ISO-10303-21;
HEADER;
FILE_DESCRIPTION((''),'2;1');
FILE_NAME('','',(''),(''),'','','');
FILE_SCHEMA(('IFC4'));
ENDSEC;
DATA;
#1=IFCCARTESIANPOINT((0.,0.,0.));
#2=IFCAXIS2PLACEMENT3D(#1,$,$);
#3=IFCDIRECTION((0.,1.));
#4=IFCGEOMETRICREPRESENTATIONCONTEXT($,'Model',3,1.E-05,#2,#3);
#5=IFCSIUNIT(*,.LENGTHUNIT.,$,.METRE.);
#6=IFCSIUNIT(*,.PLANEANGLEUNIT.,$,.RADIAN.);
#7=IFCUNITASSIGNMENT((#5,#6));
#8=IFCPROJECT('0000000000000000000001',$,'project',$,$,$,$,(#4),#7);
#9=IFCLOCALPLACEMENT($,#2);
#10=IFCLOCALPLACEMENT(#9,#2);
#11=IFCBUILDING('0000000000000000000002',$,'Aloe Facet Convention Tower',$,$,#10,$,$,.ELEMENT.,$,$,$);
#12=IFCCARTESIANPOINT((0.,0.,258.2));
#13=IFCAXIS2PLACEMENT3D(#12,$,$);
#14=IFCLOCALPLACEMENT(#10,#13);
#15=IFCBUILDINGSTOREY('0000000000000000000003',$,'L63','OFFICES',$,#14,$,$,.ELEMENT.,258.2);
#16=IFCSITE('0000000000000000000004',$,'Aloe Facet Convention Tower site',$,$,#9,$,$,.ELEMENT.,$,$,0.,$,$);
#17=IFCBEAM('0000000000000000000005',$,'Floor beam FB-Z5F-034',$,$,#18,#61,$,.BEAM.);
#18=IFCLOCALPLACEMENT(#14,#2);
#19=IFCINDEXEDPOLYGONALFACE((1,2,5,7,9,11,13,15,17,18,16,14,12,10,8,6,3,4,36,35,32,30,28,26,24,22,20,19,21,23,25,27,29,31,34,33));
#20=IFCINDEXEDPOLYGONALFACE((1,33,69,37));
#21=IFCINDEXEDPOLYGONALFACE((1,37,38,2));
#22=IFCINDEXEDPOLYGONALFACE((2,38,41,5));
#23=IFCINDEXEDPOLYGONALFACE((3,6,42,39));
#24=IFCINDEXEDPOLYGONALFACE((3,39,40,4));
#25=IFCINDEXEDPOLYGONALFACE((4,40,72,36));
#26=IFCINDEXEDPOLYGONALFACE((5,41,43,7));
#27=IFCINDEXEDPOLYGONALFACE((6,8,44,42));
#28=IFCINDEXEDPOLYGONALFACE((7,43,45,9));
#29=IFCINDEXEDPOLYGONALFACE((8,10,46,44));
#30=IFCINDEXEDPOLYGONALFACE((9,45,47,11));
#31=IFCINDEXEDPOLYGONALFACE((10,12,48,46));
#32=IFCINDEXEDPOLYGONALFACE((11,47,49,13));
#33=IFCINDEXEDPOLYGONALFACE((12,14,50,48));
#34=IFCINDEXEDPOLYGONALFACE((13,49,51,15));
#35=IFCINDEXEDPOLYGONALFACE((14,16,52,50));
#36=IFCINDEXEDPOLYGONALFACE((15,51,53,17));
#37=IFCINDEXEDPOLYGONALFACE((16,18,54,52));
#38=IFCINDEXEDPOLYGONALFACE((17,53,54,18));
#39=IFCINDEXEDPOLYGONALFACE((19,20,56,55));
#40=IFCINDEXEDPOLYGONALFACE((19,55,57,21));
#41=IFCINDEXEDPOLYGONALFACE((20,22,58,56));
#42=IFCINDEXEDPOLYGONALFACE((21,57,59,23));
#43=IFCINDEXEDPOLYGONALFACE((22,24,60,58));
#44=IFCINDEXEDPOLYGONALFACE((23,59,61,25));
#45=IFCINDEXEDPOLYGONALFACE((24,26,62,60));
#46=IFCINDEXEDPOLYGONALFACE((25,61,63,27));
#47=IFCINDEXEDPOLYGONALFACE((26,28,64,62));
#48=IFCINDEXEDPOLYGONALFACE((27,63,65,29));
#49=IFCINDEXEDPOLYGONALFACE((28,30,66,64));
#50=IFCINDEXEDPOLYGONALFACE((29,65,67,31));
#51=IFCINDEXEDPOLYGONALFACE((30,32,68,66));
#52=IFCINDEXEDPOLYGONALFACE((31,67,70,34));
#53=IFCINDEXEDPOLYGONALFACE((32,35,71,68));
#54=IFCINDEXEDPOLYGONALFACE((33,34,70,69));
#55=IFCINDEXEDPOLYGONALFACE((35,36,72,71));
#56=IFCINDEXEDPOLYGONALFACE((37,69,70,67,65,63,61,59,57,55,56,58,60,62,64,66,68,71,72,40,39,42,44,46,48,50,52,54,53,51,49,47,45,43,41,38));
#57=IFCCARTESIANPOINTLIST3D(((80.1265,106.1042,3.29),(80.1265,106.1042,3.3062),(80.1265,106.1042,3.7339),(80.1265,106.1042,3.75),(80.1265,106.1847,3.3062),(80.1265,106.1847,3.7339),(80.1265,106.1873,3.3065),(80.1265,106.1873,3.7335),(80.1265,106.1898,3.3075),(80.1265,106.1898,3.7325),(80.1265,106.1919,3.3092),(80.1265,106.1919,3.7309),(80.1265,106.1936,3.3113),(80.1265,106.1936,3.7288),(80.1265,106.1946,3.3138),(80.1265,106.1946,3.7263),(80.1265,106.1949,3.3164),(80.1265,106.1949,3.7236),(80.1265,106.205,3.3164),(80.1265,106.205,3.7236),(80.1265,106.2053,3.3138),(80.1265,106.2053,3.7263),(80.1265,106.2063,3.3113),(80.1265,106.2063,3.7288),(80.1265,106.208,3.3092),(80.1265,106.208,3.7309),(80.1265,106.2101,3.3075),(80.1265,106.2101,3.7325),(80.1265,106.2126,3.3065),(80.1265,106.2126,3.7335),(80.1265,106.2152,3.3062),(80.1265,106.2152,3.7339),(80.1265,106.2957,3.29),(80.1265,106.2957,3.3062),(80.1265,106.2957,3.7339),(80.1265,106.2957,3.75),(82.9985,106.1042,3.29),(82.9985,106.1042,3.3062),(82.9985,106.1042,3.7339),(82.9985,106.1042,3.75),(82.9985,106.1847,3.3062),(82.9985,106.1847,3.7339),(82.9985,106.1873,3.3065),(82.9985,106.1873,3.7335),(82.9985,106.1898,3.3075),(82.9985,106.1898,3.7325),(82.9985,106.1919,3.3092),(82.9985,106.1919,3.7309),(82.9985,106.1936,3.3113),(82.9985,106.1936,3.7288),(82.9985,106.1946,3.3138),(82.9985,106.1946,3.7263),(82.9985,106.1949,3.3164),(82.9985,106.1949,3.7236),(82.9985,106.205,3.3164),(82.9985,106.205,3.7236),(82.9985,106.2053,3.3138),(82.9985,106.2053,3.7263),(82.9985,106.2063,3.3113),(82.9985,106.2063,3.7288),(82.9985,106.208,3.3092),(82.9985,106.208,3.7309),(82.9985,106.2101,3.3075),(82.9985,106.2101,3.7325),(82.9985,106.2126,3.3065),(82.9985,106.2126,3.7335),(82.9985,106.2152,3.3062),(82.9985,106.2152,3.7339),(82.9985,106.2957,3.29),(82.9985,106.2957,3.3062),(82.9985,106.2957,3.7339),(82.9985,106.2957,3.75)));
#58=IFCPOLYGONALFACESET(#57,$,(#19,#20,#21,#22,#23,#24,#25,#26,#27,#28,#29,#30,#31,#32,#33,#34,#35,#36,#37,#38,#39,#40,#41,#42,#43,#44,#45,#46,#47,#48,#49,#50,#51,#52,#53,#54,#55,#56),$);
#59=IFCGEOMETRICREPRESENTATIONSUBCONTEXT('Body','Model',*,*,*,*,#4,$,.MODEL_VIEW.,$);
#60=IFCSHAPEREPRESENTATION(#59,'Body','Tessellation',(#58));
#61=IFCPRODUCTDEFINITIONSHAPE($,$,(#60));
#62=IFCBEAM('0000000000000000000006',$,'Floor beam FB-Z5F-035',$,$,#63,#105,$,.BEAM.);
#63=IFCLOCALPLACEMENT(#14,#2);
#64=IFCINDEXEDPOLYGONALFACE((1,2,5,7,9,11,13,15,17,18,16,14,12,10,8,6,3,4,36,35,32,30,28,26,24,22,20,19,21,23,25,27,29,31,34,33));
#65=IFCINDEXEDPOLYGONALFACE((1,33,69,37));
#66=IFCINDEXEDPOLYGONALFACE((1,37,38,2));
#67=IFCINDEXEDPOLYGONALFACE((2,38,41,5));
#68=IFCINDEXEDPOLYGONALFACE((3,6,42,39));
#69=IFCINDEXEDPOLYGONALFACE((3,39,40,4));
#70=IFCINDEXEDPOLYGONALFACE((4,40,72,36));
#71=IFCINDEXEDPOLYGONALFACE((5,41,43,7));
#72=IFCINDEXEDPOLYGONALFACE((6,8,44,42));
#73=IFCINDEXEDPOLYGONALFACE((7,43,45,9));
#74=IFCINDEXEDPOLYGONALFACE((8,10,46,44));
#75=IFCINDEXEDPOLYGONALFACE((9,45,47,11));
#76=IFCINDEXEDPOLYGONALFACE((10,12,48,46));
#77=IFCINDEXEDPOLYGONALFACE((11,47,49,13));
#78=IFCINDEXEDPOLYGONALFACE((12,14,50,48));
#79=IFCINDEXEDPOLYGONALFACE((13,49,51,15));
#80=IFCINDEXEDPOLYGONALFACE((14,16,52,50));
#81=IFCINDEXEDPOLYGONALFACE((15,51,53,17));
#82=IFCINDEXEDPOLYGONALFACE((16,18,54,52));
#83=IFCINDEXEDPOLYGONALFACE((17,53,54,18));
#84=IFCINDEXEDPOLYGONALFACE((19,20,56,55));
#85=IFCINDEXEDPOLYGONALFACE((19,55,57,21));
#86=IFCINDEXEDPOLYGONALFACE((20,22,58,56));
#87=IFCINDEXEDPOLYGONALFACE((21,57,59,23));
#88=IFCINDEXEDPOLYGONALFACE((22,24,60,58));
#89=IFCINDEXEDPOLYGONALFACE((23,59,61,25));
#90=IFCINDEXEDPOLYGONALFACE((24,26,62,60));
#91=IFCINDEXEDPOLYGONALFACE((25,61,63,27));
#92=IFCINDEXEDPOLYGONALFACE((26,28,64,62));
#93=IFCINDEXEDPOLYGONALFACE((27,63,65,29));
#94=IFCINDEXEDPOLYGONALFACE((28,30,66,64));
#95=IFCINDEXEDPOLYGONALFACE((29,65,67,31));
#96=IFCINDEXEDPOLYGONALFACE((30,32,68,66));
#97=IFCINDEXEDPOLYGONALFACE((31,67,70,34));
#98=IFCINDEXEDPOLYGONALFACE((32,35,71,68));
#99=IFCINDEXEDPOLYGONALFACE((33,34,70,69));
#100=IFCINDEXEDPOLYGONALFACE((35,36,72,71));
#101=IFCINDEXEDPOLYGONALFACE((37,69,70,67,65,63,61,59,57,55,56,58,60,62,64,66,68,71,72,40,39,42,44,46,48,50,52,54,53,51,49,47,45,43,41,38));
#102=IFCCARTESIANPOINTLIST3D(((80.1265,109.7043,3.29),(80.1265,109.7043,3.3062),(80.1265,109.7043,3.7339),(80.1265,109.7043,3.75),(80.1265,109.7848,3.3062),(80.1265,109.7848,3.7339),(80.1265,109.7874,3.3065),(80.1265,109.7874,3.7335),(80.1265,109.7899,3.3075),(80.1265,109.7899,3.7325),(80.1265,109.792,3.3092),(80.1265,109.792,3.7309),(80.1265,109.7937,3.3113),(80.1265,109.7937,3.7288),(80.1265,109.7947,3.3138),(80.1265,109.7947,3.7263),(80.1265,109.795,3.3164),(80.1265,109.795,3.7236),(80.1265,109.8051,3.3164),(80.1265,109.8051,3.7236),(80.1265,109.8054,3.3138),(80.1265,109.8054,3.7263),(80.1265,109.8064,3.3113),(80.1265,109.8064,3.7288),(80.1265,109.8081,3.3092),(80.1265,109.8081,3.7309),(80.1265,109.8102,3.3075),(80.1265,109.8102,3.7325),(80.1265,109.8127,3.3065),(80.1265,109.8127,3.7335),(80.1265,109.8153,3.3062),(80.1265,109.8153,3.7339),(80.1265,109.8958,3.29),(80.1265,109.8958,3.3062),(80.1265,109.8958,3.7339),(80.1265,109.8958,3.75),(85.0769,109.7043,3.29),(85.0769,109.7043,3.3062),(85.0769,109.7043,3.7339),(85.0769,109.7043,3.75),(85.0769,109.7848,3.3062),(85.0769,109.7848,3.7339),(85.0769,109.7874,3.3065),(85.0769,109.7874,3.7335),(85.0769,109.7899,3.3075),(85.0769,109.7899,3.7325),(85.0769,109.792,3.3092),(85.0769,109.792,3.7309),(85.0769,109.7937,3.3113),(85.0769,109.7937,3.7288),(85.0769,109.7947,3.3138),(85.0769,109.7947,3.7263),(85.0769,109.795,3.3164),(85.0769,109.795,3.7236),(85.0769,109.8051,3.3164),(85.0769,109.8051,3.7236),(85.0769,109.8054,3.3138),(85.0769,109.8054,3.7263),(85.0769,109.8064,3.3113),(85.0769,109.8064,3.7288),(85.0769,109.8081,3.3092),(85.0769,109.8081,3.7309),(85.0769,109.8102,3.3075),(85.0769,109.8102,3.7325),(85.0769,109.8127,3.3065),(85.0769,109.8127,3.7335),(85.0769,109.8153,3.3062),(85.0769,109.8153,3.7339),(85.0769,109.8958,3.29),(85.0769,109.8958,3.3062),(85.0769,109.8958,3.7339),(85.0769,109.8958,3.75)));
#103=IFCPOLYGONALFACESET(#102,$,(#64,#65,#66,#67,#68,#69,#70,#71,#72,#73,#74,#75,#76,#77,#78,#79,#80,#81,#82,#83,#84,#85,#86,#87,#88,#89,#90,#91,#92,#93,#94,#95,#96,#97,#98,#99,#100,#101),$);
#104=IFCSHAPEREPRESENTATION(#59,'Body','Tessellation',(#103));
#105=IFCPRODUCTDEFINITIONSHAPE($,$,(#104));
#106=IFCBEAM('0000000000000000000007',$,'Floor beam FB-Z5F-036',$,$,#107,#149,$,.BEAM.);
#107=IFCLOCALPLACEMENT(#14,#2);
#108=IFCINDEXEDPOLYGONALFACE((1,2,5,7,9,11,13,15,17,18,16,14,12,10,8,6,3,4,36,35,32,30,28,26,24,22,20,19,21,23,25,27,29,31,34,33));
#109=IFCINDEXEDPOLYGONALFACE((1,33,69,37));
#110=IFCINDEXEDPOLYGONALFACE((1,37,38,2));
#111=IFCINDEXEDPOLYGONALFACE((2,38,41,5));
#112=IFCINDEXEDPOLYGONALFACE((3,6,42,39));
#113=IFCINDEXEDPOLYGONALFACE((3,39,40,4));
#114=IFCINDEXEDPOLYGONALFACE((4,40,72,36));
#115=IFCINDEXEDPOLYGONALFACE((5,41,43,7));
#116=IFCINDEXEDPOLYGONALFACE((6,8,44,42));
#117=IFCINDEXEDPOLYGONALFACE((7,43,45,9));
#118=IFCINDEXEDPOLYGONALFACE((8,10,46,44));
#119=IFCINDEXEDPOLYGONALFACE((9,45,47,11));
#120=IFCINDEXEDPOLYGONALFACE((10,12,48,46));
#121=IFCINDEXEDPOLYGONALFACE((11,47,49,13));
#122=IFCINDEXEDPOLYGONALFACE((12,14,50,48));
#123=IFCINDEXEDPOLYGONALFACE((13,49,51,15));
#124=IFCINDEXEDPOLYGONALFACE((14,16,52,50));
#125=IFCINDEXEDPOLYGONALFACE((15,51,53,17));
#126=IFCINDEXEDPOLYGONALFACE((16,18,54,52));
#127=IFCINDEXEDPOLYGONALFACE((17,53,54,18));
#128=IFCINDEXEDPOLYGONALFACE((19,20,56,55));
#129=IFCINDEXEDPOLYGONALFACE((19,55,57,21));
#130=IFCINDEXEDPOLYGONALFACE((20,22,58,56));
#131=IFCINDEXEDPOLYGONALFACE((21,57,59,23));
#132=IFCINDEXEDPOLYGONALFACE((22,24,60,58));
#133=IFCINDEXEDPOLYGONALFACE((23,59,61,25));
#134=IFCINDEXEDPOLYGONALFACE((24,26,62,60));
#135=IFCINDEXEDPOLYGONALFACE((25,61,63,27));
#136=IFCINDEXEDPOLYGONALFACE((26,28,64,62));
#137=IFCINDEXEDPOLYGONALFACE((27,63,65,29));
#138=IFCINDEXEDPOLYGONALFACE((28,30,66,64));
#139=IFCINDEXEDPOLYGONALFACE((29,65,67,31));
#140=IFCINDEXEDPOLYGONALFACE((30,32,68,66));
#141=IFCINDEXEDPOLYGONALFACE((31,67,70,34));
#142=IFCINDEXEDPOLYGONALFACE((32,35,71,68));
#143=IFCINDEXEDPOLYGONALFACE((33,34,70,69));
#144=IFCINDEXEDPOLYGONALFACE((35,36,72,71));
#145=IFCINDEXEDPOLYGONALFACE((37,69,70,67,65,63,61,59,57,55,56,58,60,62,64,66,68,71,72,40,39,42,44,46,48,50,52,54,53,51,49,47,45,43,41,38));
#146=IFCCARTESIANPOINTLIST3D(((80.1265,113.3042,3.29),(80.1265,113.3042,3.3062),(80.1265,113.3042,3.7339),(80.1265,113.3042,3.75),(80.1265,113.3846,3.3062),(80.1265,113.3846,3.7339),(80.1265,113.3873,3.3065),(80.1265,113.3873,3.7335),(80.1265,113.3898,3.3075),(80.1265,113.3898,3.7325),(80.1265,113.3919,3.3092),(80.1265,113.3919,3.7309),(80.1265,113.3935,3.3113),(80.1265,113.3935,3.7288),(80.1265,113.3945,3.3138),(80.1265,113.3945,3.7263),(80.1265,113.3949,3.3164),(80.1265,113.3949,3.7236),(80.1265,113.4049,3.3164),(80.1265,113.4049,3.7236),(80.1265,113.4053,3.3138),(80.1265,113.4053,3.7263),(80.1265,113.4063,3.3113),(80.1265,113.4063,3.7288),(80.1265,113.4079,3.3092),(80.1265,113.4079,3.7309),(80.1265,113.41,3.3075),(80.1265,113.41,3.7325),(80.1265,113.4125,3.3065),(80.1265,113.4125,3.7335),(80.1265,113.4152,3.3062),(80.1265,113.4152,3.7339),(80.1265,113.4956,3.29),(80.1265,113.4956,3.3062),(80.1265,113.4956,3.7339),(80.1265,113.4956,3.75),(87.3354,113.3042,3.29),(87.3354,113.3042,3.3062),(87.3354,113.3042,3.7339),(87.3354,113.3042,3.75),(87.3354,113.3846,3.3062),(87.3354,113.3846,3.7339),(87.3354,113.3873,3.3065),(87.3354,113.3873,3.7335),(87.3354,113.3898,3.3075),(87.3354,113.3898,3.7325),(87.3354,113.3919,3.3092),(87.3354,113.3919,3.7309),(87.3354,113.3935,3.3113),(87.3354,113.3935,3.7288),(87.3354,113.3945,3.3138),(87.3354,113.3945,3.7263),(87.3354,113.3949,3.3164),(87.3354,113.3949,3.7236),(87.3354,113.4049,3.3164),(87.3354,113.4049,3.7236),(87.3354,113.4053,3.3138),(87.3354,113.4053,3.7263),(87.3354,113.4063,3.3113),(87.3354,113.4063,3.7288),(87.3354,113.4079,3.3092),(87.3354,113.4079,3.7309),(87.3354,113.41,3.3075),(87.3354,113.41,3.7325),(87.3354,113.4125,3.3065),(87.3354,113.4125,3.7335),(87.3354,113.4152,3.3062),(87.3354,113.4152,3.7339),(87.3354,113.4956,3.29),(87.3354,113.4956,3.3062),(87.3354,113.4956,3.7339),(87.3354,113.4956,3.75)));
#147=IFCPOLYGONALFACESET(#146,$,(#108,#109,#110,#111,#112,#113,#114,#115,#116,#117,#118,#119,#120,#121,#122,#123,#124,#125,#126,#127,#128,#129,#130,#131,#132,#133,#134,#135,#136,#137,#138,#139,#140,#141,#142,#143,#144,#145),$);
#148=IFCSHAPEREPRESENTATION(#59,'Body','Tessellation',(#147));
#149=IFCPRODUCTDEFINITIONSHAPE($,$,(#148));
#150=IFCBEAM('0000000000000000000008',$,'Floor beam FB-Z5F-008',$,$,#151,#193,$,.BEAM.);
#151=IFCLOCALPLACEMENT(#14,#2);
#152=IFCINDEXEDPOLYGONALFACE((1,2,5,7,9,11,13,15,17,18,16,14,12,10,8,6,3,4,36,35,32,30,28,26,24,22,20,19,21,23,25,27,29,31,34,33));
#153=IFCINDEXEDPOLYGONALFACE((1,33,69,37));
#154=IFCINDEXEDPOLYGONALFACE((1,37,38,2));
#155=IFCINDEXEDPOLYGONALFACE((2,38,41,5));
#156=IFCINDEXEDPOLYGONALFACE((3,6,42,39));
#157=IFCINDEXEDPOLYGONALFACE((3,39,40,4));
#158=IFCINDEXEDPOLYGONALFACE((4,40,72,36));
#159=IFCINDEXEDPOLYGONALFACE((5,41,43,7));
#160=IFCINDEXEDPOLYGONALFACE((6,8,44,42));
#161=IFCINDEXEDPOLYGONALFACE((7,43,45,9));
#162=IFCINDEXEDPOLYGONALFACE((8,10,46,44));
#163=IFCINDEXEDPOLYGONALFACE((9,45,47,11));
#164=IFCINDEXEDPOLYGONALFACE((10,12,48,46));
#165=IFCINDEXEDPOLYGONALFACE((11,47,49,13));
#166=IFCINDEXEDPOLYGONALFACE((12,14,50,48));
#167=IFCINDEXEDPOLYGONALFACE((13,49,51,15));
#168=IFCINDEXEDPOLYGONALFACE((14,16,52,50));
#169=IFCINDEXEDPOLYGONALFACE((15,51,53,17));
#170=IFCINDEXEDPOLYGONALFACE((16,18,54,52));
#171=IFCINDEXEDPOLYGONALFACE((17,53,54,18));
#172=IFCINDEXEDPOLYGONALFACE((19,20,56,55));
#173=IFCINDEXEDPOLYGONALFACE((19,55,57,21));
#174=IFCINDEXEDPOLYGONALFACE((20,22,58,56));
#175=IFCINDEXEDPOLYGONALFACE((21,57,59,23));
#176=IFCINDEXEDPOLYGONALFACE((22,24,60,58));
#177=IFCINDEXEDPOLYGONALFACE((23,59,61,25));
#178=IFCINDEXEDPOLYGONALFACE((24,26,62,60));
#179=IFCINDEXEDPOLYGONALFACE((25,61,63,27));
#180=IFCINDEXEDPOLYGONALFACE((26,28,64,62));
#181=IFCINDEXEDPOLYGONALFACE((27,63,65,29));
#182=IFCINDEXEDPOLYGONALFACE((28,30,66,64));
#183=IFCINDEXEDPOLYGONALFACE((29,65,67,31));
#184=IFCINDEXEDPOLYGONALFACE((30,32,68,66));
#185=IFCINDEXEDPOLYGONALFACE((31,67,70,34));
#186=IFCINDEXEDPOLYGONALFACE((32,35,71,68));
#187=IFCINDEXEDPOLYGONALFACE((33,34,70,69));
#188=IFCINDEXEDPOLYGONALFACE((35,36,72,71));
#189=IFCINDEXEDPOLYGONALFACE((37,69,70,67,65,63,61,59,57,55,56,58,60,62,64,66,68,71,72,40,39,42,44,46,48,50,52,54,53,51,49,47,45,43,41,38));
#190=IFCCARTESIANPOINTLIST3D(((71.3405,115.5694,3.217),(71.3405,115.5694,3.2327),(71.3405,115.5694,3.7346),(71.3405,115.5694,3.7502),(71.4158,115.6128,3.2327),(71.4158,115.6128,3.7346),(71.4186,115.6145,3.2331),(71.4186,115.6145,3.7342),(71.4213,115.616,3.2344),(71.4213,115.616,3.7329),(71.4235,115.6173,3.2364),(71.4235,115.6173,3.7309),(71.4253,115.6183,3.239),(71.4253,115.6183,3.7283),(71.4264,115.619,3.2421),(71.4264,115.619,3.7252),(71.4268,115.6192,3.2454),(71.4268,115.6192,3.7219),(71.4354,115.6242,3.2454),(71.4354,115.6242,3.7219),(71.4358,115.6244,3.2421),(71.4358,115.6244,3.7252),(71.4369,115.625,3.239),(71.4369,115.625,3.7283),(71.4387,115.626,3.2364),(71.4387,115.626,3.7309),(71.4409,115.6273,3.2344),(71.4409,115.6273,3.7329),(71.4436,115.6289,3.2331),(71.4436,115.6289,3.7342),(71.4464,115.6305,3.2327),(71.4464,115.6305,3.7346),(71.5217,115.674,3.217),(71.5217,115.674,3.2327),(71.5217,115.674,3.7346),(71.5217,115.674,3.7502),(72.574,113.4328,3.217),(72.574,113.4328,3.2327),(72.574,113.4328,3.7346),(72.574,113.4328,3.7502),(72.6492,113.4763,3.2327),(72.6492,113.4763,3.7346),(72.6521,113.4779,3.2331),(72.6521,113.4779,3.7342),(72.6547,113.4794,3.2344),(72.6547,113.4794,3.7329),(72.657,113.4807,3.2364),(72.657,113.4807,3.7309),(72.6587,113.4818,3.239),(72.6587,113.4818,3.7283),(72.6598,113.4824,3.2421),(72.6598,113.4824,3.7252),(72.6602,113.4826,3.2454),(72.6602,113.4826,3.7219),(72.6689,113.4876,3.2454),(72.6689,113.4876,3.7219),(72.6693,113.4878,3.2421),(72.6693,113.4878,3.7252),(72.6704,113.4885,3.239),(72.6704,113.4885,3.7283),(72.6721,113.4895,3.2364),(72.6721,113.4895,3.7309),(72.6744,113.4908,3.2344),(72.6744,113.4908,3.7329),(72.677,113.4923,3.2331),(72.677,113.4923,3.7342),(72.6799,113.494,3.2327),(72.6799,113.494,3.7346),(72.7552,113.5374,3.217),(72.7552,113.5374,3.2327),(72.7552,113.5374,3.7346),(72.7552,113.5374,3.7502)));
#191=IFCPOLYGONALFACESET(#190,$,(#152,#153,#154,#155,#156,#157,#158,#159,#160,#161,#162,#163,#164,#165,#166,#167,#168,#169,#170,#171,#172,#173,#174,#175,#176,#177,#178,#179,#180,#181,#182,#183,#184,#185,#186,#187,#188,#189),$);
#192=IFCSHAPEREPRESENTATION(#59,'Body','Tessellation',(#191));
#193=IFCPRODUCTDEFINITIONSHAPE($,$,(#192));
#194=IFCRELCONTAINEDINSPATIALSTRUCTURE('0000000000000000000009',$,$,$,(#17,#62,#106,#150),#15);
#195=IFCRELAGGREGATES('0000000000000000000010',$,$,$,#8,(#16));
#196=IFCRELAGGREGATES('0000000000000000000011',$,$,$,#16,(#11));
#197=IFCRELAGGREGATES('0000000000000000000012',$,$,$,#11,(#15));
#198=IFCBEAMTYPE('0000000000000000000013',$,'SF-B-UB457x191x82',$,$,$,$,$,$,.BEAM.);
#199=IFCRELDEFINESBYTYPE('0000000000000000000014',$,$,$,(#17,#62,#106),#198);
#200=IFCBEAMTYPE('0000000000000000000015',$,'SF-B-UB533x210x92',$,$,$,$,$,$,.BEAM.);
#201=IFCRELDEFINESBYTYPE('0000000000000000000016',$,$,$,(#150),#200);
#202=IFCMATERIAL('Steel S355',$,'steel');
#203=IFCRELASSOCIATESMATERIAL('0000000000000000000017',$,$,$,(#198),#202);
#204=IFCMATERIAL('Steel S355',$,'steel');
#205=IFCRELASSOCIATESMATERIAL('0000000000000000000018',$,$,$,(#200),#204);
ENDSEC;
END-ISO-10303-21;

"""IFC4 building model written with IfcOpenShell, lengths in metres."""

from ifc_helpers import new_model, si_unit, direction, frame, origin, origin_2d, place, context, subcontext, project, spatial, i_section, extrude, material, material_profile, profile_set, type_object, element, save


model = new_model("IFC4")

# Units and contexts
model_context = context("Model", 3, precision=1e-05, world=origin(), true_north=direction((0.0, 1.0)))
body_context = subcontext(model_context, "Body", "Model", "MODEL_VIEW")
ifc_project = project(units=[si_unit("LENGTHUNIT", "METRE"), si_unit("PLANEANGLEUNIT", "RADIAN")], contexts=[model_context])

# Site, building, storey
site_placement = place(None, origin())
site = spatial("IfcSite", under=ifc_project, at=site_placement, Name="Aloe Facet Convention Tower site", CompositionType="ELEMENT", RefElevation=0.0)
building_placement = place(site_placement, origin())
building = spatial("IfcBuilding", under=site, at=building_placement, Name="Aloe Facet Convention Tower", CompositionType="ELEMENT")
storey_placement = place(building_placement, frame((0.0, 0.0, 258.2)))
storey = spatial("IfcBuildingStorey", under=building, at=storey_placement, Name="L63", Description="OFFICES", CompositionType="ELEMENT", Elevation=258.2)

# Beams
ifc_material_1 = material(Name="Steel S355", Category="steel")
ifc_material_profile_1 = material_profile(ifc_material_1, i_section(OverallWidth=0.1914, OverallDepth=0.46, WebThickness=0.01, FlangeThickness=0.0161, FilletRadius=0.0103, at=origin_2d()), Name="UB 457x191x82")
ifc_profile_set_1 = profile_set([ifc_material_profile_1], Name="Steel S355")
beam_type_1 = type_object("IfcBeamType", Name="SF-B-UB457x191x82", PredefinedType="BEAM", material=ifc_profile_set_1)
for number, where, z_axis, x_axis, name in (
    (1, (80.1265, 106.2, 3.52), (1.0, 0.0, 0.0), (0.0, 1.0, 0.0), "Floor beam FB-Z5F-034"),
):
    element("IfcBeam", number, at=place(storey_placement, frame(where, z_axis=z_axis, x_axis=x_axis)), inside=storey, type_object=beam_type_1, Name=name, PredefinedType="BEAM", context=body_context, shape_type="SweptSolid", body=[
        extrude(i_section(OverallWidth=0.1914, OverallDepth=0.46, WebThickness=0.01, FlangeThickness=0.0161, FilletRadius=0.0103, at=origin_2d()), origin(), (0.0, 0.0, 1.0), 2.8721),
    ])
beam_1_placement = place(storey_placement, frame((80.1265, 109.8, 3.52), z_axis=(1.0, 0.0, 0.0), x_axis=(0.0, 1.0, 0.0)))
element("IfcBeam", 2, at=beam_1_placement, inside=storey, type_object=beam_type_1, Name="Floor beam FB-Z5F-035", PredefinedType="BEAM", context=body_context, shape_type="SweptSolid", body=[
    extrude(i_section(OverallWidth=0.1914, OverallDepth=0.46, WebThickness=0.01, FlangeThickness=0.0161, FilletRadius=0.0103, at=origin_2d()), origin(), (0.0, 0.0, 1.0), 4.9504),
])
beam_2_placement = place(storey_placement, frame((80.1265, 113.3999, 3.52), z_axis=(1.0, 0.0, 0.0), x_axis=(0.0, 1.0, 0.0)))
element("IfcBeam", 3, at=beam_2_placement, inside=storey, type_object=beam_type_1, Name="Floor beam FB-Z5F-036", PredefinedType="BEAM", context=body_context, shape_type="SweptSolid", body=[
    extrude(i_section(OverallWidth=0.1914, OverallDepth=0.46, WebThickness=0.01, FlangeThickness=0.0161, FilletRadius=0.0103, at=origin_2d()), origin(), (0.0, 0.0, 1.0), 7.209),
])
ifc_material_2 = material(Name="Steel S355", Category="steel")
ifc_material_profile_2 = material_profile(ifc_material_2, i_section(OverallWidth=0.2092, OverallDepth=0.5332, WebThickness=0.01, FlangeThickness=0.0156, FilletRadius=0.0127, at=origin_2d()), Name="UB 533x210x92")
ifc_profile_set_2 = profile_set([ifc_material_profile_2], Name="Steel S355")
beam_type_2 = type_object("IfcBeamType", Name="SF-B-UB533x210x92", PredefinedType="BEAM", material=ifc_profile_set_2)
beam_3_placement = place(storey_placement, frame((72.6646, 113.4851, 3.4836), z_axis=(-0.499971, 0.866042, 0.0), x_axis=(-0.866042, -0.499971, 0.0)))
element("IfcBeam", 4, at=beam_3_placement, inside=storey, type_object=beam_type_2, Name="Floor beam FB-Z5F-008", PredefinedType="BEAM", context=body_context, shape_type="SweptSolid", body=[
    extrude(i_section(OverallWidth=0.2092, OverallDepth=0.5332, WebThickness=0.01, FlangeThickness=0.0156, FilletRadius=0.0127, at=origin_2d()), origin(), (0.0, 0.0, 1.0), 2.467),
])

save(model, "model.ifc")
